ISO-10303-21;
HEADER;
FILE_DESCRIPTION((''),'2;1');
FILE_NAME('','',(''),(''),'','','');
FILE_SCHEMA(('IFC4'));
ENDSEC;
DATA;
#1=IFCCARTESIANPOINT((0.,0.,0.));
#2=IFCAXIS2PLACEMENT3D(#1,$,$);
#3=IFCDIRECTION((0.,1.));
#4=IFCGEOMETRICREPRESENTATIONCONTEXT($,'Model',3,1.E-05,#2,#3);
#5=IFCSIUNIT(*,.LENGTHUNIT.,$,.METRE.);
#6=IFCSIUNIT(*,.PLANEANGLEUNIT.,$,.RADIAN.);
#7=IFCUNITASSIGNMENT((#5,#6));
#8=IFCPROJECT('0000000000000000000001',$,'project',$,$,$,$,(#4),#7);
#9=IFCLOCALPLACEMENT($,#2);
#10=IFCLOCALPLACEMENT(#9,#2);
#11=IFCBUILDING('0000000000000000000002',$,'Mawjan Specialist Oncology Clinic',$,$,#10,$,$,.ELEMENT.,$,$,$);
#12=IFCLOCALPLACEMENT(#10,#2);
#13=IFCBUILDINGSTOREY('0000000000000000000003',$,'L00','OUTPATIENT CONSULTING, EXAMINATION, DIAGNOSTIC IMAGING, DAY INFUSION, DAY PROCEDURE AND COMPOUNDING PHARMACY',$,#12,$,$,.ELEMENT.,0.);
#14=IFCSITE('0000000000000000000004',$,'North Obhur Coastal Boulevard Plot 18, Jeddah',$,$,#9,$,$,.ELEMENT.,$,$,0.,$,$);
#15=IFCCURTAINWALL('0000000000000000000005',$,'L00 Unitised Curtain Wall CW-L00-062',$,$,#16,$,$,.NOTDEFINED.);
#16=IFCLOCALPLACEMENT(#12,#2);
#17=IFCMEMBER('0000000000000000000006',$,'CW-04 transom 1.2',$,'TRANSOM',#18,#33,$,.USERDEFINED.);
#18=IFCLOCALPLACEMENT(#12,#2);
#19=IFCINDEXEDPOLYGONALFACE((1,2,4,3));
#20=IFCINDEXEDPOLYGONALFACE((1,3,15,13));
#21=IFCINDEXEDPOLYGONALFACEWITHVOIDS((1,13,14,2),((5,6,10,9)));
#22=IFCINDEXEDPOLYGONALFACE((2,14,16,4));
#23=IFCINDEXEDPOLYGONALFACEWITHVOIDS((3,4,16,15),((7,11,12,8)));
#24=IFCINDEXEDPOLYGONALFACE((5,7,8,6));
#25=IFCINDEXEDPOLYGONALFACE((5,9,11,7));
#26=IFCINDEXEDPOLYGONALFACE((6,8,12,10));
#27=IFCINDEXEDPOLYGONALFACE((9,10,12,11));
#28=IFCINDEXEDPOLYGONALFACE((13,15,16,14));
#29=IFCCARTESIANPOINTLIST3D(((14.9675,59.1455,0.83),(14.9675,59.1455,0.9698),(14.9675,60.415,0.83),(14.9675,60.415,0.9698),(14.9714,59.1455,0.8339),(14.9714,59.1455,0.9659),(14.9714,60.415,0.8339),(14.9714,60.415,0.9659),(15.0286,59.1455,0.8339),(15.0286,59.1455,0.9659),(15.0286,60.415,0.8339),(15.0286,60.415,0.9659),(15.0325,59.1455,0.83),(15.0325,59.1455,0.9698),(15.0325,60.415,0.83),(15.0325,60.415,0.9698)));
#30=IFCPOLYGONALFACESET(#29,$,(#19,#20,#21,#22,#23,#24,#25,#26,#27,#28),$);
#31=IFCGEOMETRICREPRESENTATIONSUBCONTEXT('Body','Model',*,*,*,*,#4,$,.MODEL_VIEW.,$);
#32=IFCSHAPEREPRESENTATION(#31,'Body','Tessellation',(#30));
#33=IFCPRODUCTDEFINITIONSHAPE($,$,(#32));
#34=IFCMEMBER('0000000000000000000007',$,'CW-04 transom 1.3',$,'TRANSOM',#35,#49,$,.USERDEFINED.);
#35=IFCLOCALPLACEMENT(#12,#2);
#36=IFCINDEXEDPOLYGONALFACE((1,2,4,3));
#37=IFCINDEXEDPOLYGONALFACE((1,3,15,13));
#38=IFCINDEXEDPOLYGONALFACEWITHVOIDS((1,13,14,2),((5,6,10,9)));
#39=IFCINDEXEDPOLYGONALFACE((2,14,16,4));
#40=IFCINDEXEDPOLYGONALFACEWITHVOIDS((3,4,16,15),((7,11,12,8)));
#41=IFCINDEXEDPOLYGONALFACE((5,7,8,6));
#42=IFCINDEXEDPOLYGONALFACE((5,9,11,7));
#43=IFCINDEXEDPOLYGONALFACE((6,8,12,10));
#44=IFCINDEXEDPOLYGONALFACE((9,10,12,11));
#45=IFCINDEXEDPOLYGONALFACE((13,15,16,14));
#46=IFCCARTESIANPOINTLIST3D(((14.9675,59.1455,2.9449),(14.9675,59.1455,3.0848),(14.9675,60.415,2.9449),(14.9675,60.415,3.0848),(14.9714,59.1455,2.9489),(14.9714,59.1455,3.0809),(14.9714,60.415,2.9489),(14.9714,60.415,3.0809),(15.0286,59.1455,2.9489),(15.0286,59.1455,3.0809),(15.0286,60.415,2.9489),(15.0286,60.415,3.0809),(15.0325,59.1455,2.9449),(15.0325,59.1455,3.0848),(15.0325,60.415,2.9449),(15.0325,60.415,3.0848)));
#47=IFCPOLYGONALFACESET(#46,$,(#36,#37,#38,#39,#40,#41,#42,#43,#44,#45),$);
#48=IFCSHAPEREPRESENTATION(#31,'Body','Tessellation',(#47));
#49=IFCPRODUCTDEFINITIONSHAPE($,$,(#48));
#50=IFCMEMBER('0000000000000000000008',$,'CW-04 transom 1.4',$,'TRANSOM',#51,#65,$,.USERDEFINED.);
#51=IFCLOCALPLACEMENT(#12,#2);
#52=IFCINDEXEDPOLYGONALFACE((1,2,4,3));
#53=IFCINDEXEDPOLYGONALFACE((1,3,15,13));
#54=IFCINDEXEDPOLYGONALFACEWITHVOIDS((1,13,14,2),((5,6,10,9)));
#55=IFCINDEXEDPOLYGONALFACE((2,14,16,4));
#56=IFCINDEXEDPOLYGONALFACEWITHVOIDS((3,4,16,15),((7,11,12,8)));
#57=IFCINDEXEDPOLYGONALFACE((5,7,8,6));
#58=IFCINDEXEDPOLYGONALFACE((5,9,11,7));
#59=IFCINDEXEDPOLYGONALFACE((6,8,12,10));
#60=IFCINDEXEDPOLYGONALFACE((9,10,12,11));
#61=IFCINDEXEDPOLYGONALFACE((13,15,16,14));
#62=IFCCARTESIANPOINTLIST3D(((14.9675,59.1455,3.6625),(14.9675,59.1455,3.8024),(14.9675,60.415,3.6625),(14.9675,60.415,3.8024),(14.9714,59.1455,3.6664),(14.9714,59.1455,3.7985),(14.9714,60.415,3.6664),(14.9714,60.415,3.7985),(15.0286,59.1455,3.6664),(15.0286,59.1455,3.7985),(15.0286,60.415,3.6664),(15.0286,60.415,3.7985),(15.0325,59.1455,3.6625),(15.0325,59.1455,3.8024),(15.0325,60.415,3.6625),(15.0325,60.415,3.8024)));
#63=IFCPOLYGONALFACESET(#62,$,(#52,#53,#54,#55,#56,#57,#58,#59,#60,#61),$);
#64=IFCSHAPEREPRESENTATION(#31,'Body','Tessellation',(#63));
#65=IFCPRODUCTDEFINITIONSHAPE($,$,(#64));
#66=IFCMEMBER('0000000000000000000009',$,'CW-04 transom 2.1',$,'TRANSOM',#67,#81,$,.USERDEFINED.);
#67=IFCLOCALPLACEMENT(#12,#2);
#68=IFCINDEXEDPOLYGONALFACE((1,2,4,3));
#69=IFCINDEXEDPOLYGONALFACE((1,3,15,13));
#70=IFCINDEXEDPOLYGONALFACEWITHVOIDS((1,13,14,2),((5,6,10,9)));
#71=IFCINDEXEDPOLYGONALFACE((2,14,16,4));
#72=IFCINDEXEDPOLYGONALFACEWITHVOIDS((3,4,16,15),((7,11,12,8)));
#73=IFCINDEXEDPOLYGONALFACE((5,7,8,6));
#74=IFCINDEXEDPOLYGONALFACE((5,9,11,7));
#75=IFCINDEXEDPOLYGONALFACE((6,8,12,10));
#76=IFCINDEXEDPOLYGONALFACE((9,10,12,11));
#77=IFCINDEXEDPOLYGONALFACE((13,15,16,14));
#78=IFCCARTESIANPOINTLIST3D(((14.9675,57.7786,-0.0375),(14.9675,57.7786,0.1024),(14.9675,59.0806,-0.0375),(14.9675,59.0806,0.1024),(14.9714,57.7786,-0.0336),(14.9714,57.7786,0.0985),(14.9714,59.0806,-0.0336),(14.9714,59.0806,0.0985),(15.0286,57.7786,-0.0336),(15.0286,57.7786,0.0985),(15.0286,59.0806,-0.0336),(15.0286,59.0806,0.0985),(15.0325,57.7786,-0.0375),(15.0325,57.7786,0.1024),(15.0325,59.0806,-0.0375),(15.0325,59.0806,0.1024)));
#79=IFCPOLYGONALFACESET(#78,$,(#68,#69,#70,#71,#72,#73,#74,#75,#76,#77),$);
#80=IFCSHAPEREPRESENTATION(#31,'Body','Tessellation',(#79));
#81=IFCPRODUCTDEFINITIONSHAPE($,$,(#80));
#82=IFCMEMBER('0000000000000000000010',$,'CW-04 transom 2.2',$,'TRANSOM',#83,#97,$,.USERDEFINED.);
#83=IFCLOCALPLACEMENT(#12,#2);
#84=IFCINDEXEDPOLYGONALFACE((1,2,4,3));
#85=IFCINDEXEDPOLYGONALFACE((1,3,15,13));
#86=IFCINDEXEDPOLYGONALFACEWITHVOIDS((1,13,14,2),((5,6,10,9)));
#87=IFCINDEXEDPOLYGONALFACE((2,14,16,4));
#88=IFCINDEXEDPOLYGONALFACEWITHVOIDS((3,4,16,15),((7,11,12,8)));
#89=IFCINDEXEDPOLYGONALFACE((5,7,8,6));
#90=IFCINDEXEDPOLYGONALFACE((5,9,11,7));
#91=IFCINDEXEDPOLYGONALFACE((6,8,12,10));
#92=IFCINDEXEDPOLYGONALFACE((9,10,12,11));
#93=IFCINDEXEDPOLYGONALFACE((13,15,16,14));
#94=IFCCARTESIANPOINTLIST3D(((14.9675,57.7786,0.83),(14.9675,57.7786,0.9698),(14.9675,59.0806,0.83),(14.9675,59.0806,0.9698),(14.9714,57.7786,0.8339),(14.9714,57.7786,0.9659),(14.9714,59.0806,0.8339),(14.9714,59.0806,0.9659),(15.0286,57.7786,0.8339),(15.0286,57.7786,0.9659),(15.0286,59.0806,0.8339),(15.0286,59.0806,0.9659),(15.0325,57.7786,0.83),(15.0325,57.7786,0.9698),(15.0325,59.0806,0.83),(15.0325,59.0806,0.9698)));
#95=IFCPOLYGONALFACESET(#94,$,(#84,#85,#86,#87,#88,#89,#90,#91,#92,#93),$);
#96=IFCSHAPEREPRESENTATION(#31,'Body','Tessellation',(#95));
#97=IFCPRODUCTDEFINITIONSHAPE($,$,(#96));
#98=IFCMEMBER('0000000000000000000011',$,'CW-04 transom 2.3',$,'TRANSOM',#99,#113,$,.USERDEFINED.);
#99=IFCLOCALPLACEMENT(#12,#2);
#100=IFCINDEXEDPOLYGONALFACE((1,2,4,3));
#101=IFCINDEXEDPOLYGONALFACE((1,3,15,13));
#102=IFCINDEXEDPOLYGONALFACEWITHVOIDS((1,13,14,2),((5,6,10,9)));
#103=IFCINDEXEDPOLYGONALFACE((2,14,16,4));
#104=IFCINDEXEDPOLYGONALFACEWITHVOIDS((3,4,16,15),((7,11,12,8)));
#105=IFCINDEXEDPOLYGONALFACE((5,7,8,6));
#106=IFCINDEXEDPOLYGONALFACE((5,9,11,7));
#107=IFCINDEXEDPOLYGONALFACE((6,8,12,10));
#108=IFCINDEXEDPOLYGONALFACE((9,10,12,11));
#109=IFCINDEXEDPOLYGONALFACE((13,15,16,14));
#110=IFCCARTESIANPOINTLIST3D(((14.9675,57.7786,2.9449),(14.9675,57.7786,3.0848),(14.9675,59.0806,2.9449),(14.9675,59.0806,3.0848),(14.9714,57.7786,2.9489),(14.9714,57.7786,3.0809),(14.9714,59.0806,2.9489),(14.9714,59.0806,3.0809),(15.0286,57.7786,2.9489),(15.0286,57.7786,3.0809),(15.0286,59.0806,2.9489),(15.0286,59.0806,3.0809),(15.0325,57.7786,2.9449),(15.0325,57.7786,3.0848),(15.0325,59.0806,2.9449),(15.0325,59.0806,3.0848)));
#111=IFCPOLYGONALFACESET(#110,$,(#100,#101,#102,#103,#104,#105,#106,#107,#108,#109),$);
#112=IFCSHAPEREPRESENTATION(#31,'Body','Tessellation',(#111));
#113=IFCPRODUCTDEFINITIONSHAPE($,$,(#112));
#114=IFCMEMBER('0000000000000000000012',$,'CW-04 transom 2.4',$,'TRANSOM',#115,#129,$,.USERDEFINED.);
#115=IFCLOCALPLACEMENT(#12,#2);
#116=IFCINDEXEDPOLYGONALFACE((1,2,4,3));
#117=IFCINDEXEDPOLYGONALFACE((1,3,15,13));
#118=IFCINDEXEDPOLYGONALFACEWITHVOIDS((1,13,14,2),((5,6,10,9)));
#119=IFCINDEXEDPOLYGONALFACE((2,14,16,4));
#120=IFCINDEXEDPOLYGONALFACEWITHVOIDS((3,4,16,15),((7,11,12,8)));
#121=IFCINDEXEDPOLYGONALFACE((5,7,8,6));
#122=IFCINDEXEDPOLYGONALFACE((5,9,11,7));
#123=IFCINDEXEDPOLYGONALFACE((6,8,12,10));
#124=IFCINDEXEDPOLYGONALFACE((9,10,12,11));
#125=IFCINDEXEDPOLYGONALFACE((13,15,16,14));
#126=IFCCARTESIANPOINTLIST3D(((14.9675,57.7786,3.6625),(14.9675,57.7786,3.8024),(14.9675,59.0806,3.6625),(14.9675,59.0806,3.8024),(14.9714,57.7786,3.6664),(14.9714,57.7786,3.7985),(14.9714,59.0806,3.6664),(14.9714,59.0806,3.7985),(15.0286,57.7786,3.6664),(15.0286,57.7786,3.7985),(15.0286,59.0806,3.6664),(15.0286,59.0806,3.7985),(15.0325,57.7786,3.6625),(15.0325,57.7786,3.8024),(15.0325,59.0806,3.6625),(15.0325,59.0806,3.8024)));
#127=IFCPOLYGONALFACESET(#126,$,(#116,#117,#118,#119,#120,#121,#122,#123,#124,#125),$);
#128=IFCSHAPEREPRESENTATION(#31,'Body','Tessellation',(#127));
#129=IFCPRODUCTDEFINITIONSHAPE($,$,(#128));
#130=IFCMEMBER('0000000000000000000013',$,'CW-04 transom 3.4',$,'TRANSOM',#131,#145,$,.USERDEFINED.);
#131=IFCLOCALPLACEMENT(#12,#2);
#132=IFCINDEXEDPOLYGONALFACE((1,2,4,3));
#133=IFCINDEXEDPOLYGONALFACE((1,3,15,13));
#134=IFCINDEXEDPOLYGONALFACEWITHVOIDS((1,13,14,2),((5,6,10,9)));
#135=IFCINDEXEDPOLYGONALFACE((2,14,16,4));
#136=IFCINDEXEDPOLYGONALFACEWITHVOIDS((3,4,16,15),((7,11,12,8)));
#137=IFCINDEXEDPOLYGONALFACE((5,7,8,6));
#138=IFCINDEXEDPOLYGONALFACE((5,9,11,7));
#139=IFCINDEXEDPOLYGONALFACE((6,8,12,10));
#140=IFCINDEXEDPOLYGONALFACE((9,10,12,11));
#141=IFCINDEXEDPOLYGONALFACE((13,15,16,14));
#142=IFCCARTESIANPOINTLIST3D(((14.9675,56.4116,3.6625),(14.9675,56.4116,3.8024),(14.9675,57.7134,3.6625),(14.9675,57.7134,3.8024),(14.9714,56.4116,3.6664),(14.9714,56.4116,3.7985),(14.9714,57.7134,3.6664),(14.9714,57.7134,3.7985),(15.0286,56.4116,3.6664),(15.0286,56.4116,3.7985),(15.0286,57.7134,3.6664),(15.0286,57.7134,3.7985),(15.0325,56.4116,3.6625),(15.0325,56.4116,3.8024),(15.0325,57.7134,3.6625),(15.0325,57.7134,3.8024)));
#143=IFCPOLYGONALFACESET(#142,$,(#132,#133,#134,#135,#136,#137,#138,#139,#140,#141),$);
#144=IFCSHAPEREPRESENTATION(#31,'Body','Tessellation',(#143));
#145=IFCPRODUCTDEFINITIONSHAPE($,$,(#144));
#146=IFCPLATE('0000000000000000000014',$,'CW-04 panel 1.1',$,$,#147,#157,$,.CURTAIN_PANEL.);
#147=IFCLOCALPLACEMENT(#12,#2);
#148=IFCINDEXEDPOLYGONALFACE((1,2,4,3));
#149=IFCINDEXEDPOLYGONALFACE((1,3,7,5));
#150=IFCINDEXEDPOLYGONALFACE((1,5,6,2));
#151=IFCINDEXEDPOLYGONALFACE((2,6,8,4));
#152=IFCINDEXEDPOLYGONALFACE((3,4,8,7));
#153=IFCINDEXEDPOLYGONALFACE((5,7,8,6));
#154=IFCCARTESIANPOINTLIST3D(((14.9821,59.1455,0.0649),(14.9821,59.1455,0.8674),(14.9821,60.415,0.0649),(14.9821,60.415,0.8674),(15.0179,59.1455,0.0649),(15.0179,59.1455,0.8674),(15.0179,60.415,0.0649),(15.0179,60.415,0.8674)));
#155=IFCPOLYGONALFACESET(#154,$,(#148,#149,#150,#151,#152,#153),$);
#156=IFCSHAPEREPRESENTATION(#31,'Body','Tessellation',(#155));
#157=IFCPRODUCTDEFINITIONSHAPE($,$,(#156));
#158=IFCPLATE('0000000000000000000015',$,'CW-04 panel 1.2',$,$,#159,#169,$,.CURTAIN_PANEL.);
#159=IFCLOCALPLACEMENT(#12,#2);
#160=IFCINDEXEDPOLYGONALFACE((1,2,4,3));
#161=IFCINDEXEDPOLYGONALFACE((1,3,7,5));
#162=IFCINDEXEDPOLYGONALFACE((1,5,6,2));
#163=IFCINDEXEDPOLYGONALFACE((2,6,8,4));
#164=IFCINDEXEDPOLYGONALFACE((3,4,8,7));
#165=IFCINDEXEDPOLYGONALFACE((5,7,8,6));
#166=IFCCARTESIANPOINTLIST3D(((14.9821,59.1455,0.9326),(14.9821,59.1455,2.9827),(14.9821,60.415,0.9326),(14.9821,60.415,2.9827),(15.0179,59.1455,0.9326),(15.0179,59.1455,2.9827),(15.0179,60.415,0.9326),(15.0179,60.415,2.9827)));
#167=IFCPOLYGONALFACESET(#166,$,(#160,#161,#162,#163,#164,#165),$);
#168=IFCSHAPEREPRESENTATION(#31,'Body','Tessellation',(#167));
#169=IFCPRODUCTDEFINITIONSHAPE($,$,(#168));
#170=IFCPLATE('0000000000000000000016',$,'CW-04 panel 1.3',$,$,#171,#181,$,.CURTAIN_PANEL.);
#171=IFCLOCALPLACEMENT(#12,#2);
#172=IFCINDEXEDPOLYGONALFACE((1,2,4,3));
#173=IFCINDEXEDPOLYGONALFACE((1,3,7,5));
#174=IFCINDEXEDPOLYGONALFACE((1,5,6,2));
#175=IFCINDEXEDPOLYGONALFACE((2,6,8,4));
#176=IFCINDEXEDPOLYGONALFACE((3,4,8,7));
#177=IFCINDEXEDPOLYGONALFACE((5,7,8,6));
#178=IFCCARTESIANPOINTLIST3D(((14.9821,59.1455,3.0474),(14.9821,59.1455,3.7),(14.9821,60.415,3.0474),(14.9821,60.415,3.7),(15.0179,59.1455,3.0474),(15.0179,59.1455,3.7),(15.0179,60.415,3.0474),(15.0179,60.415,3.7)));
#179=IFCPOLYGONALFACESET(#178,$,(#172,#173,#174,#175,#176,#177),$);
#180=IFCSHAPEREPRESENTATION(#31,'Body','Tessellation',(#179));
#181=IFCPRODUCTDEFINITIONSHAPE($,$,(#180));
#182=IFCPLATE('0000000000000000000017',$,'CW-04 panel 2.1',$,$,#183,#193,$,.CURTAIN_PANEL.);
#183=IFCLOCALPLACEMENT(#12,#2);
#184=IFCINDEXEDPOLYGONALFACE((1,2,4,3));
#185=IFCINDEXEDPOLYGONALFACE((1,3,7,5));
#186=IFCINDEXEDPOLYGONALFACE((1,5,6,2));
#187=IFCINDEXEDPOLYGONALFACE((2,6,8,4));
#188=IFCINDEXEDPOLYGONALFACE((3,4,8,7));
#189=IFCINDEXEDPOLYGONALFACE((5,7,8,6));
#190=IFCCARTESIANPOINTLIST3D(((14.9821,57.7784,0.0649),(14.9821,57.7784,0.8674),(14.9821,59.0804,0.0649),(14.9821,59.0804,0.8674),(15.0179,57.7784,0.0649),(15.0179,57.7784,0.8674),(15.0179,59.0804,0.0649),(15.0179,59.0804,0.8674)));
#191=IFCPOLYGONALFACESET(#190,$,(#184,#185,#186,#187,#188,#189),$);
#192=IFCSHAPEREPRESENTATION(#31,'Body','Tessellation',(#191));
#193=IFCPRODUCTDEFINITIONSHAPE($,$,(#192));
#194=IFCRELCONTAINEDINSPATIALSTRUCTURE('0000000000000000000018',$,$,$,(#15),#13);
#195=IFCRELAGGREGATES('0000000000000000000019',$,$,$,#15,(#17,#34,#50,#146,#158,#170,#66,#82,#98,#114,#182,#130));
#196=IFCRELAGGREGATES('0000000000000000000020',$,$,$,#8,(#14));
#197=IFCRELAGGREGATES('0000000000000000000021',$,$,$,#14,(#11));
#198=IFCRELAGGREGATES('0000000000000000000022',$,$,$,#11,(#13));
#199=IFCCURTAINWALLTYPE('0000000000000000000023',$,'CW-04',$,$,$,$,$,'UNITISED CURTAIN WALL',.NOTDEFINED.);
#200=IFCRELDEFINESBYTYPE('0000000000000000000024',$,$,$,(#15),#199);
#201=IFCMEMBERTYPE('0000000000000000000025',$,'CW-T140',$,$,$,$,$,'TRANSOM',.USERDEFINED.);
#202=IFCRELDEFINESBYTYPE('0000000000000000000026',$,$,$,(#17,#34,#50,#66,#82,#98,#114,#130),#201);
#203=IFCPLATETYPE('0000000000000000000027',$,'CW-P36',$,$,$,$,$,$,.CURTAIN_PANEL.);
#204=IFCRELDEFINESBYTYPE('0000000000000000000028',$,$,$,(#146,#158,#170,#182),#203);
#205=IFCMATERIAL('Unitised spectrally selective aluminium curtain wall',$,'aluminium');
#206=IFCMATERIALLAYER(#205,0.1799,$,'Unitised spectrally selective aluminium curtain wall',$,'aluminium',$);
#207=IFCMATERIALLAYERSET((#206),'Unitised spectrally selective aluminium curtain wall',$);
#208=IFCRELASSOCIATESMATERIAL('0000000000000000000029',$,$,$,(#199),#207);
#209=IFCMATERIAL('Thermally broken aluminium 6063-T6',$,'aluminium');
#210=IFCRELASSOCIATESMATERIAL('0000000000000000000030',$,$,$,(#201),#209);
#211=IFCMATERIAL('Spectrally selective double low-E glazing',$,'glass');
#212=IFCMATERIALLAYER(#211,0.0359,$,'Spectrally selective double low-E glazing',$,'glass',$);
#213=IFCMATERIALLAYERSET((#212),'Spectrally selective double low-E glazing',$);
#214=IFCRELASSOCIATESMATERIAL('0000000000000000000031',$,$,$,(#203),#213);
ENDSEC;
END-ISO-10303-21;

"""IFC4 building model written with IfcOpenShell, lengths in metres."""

from ifc_helpers import new_model, si_unit, direction, frame, origin, origin_2d, place, context, subcontext, project, spatial, rectangle, hollow_rectangle, extrude, material, layer, layer_set, material_profile, profile_set, type_object, element, aggregate, save


model = new_model("IFC4")

# Units and contexts
model_context = context("Model", 3, precision=1e-05, world=origin(), true_north=direction((0.0, 1.0)))
body_context = subcontext(model_context, "Body", "Model", "MODEL_VIEW")
ifc_project = project(units=[si_unit("LENGTHUNIT", "METRE"), si_unit("PLANEANGLEUNIT", "RADIAN")], contexts=[model_context])

# Site, building, storey
site_placement = place(None, origin())
site = spatial("IfcSite", under=ifc_project, at=site_placement, Name="North Obhur Coastal Boulevard Plot 18, Jeddah", CompositionType="ELEMENT", RefElevation=0.0)
building_placement = place(site_placement, origin())
building = spatial("IfcBuilding", under=site, at=building_placement, Name="Mawjan Specialist Oncology Clinic", CompositionType="ELEMENT")
storey_placement = place(building_placement, origin())
storey = spatial("IfcBuildingStorey", under=building, at=storey_placement, Name="L00", Description="OUTPATIENT CONSULTING, EXAMINATION, DIAGNOSTIC IMAGING, DAY INFUSION, DAY PROCEDURE AND COMPOUNDING PHARMACY", CompositionType="ELEMENT", Elevation=0.0)

# Curtain wall, members, plates
ifc_material_1 = material(Name="Unitised spectrally selective aluminium curtain wall", Category="aluminium")
ifc_layer_1 = layer(ifc_material_1, 0.1799, Name="Unitised spectrally selective aluminium curtain wall", Category="aluminium")
ifc_layer_set_1 = layer_set([ifc_layer_1], Name="Unitised spectrally selective aluminium curtain wall")
curtain_wall_type = type_object("IfcCurtainWallType", Name="CW-04", ElementType="UNITISED CURTAIN WALL", PredefinedType="NOTDEFINED", material=ifc_layer_set_1)
curtain_wall_placement = place(storey_placement, origin())
curtain_wall = element("IfcCurtainWall", 1, at=curtain_wall_placement, inside=storey, type_object=curtain_wall_type, Name="L00 Unitised Curtain Wall CW-L00-062", PredefinedType="NOTDEFINED")
ifc_material_2 = material(Name="Thermally broken aluminium 6063-T6", Category="aluminium")
ifc_material_profile_1 = material_profile(ifc_material_2, hollow_rectangle(XDim=0.0649, YDim=0.1399, WallThickness=0.0039, at=origin_2d()), Name="ALU TRANSOM 140x65x4", Category="aluminium")
ifc_profile_set_1 = profile_set([ifc_material_profile_1], Name="Thermally broken aluminium 6063-T6")
member_type_1 = type_object("IfcMemberType", Name="CW-T140", ElementType="TRANSOM", PredefinedType="USERDEFINED", material=ifc_profile_set_1)
member_1_placement = place(storey_placement, frame((15.0, 60.415, 0.8999), z_axis=(0.0, -1.0, 0.0), x_axis=(1.0, 0.0, 0.0)))
member_1 = element("IfcMember", 2, at=member_1_placement, type_object=member_type_1, Name="CW-04 transom 1.2", ObjectType="TRANSOM", PredefinedType="USERDEFINED", context=body_context, shape_type="SweptSolid", body=[
    extrude(hollow_rectangle(XDim=0.0649, YDim=0.1399, WallThickness=0.0039, at=origin_2d()), origin(), (0.0, 0.0, 1.0), 1.2695),
])
member_2_placement = place(storey_placement, frame((15.0, 60.415, 3.0149), z_axis=(0.0, -1.0, 0.0), x_axis=(1.0, 0.0, 0.0)))
member_2 = element("IfcMember", 3, at=member_2_placement, type_object=member_type_1, Name="CW-04 transom 1.3", ObjectType="TRANSOM", PredefinedType="USERDEFINED", context=body_context, shape_type="SweptSolid", body=[
    extrude(hollow_rectangle(XDim=0.0649, YDim=0.1399, WallThickness=0.0039, at=origin_2d()), origin(), (0.0, 0.0, 1.0), 1.2695),
])
member_3_placement = place(storey_placement, frame((15.0, 60.415, 3.7324), z_axis=(0.0, -1.0, 0.0), x_axis=(1.0, 0.0, 0.0)))
member_3 = element("IfcMember", 4, at=member_3_placement, type_object=member_type_1, Name="CW-04 transom 1.4", ObjectType="TRANSOM", PredefinedType="USERDEFINED", context=body_context, shape_type="SweptSolid", body=[
    extrude(hollow_rectangle(XDim=0.0649, YDim=0.1399, WallThickness=0.0039, at=origin_2d()), origin(), (0.0, 0.0, 1.0), 1.2695),
])
member_4_placement = place(storey_placement, frame((15.0, 59.0806, 0.0325), z_axis=(0.0, -1.0, 0.0), x_axis=(1.0, 0.0, 0.0)))
member_4 = element("IfcMember", 5, at=member_4_placement, type_object=member_type_1, Name="CW-04 transom 2.1", ObjectType="TRANSOM", PredefinedType="USERDEFINED", context=body_context, shape_type="SweptSolid", body=[
    extrude(hollow_rectangle(XDim=0.0649, YDim=0.1399, WallThickness=0.0039, at=origin_2d()), origin(), (0.0, 0.0, 1.0), 1.302),
])
member_5_placement = place(storey_placement, frame((15.0, 59.0806, 0.8999), z_axis=(0.0, -1.0, 0.0), x_axis=(1.0, 0.0, 0.0)))
member_5 = element("IfcMember", 6, at=member_5_placement, type_object=member_type_1, Name="CW-04 transom 2.2", ObjectType="TRANSOM", PredefinedType="USERDEFINED", context=body_context, shape_type="SweptSolid", body=[
    extrude(hollow_rectangle(XDim=0.0649, YDim=0.1399, WallThickness=0.0039, at=origin_2d()), origin(), (0.0, 0.0, 1.0), 1.302),
])
member_6_placement = place(storey_placement, frame((15.0, 59.0806, 3.0149), z_axis=(0.0, -1.0, 0.0), x_axis=(1.0, 0.0, 0.0)))
member_6 = element("IfcMember", 7, at=member_6_placement, type_object=member_type_1, Name="CW-04 transom 2.3", ObjectType="TRANSOM", PredefinedType="USERDEFINED", context=body_context, shape_type="SweptSolid", body=[
    extrude(hollow_rectangle(XDim=0.0649, YDim=0.1399, WallThickness=0.0039, at=origin_2d()), origin(), (0.0, 0.0, 1.0), 1.302),
])
member_7_placement = place(storey_placement, frame((15.0, 59.0806, 3.7324), z_axis=(0.0, -1.0, 0.0), x_axis=(1.0, 0.0, 0.0)))
member_7 = element("IfcMember", 8, at=member_7_placement, type_object=member_type_1, Name="CW-04 transom 2.4", ObjectType="TRANSOM", PredefinedType="USERDEFINED", context=body_context, shape_type="SweptSolid", body=[
    extrude(hollow_rectangle(XDim=0.0649, YDim=0.1399, WallThickness=0.0039, at=origin_2d()), origin(), (0.0, 0.0, 1.0), 1.302),
])
member_8_placement = place(storey_placement, frame((15.0, 57.7134, 3.7324), z_axis=(0.0, -1.0, 0.0), x_axis=(1.0, 0.0, 0.0)))
member_8 = element("IfcMember", 9, at=member_8_placement, type_object=member_type_1, Name="CW-04 transom 3.4", ObjectType="TRANSOM", PredefinedType="USERDEFINED", context=body_context, shape_type="SweptSolid", body=[
    extrude(hollow_rectangle(XDim=0.0649, YDim=0.1399, WallThickness=0.0039, at=origin_2d()), origin(), (0.0, 0.0, 1.0), 1.3018),
])
ifc_material_3 = material(Name="Spectrally selective double low-E glazing", Category="glass")
ifc_layer_2 = layer(ifc_material_3, 0.0359, Name="Spectrally selective double low-E glazing", Category="glass")
ifc_layer_set_2 = layer_set([ifc_layer_2], Name="Spectrally selective double low-E glazing")
plate_type = type_object("IfcPlateType", Name="CW-P36", PredefinedType="CURTAIN_PANEL", material=ifc_layer_set_2)
plate_1_placement = place(storey_placement, frame((15.0, 59.7803, 0.0649), z_axis=(0.0, 0.0, 1.0), x_axis=(0.0, -1.0, 0.0)))
plate_1 = element("IfcPlate", 10, at=plate_1_placement, type_object=plate_type, Name="CW-04 panel 1.1", PredefinedType="CURTAIN_PANEL", context=body_context, shape_type="SweptSolid", body=[
    extrude(rectangle(XDim=1.2695, YDim=0.0359, at=origin_2d()), origin(), (0.0, 0.0, 1.0), 0.8025),
])
plate_2_placement = place(storey_placement, frame((15.0, 59.7803, 0.9326), z_axis=(0.0, 0.0, 1.0), x_axis=(0.0, -1.0, 0.0)))
plate_2 = element("IfcPlate", 11, at=plate_2_placement, type_object=plate_type, Name="CW-04 panel 1.2", PredefinedType="CURTAIN_PANEL", context=body_context, shape_type="SweptSolid", body=[
    extrude(rectangle(XDim=1.2695, YDim=0.0359, at=origin_2d()), origin(), (0.0, 0.0, 1.0), 2.05),
])
plate_3_placement = place(storey_placement, frame((15.0, 59.7803, 3.0474), z_axis=(0.0, 0.0, 1.0), x_axis=(0.0, -1.0, 0.0)))
plate_3 = element("IfcPlate", 12, at=plate_3_placement, type_object=plate_type, Name="CW-04 panel 1.3", PredefinedType="CURTAIN_PANEL", context=body_context, shape_type="SweptSolid", body=[
    extrude(rectangle(XDim=1.2695, YDim=0.0359, at=origin_2d()), origin(), (0.0, 0.0, 1.0), 0.6526),
])
plate_4_placement = place(storey_placement, frame((15.0, 58.4294, 0.0649), z_axis=(0.0, 0.0, 1.0), x_axis=(0.0, -1.0, 0.0)))
plate_4 = element("IfcPlate", 13, at=plate_4_placement, type_object=plate_type, Name="CW-04 panel 2.1", PredefinedType="CURTAIN_PANEL", context=body_context, shape_type="SweptSolid", body=[
    extrude(rectangle(XDim=1.302, YDim=0.0359, at=origin_2d()), origin(), (0.0, 0.0, 1.0), 0.8025),
])
aggregate(curtain_wall, [member_1, member_2, member_3, plate_1, plate_2, plate_3, member_4, member_5, member_6, member_7, plate_4, member_8])

save(model, "model.ifc")
